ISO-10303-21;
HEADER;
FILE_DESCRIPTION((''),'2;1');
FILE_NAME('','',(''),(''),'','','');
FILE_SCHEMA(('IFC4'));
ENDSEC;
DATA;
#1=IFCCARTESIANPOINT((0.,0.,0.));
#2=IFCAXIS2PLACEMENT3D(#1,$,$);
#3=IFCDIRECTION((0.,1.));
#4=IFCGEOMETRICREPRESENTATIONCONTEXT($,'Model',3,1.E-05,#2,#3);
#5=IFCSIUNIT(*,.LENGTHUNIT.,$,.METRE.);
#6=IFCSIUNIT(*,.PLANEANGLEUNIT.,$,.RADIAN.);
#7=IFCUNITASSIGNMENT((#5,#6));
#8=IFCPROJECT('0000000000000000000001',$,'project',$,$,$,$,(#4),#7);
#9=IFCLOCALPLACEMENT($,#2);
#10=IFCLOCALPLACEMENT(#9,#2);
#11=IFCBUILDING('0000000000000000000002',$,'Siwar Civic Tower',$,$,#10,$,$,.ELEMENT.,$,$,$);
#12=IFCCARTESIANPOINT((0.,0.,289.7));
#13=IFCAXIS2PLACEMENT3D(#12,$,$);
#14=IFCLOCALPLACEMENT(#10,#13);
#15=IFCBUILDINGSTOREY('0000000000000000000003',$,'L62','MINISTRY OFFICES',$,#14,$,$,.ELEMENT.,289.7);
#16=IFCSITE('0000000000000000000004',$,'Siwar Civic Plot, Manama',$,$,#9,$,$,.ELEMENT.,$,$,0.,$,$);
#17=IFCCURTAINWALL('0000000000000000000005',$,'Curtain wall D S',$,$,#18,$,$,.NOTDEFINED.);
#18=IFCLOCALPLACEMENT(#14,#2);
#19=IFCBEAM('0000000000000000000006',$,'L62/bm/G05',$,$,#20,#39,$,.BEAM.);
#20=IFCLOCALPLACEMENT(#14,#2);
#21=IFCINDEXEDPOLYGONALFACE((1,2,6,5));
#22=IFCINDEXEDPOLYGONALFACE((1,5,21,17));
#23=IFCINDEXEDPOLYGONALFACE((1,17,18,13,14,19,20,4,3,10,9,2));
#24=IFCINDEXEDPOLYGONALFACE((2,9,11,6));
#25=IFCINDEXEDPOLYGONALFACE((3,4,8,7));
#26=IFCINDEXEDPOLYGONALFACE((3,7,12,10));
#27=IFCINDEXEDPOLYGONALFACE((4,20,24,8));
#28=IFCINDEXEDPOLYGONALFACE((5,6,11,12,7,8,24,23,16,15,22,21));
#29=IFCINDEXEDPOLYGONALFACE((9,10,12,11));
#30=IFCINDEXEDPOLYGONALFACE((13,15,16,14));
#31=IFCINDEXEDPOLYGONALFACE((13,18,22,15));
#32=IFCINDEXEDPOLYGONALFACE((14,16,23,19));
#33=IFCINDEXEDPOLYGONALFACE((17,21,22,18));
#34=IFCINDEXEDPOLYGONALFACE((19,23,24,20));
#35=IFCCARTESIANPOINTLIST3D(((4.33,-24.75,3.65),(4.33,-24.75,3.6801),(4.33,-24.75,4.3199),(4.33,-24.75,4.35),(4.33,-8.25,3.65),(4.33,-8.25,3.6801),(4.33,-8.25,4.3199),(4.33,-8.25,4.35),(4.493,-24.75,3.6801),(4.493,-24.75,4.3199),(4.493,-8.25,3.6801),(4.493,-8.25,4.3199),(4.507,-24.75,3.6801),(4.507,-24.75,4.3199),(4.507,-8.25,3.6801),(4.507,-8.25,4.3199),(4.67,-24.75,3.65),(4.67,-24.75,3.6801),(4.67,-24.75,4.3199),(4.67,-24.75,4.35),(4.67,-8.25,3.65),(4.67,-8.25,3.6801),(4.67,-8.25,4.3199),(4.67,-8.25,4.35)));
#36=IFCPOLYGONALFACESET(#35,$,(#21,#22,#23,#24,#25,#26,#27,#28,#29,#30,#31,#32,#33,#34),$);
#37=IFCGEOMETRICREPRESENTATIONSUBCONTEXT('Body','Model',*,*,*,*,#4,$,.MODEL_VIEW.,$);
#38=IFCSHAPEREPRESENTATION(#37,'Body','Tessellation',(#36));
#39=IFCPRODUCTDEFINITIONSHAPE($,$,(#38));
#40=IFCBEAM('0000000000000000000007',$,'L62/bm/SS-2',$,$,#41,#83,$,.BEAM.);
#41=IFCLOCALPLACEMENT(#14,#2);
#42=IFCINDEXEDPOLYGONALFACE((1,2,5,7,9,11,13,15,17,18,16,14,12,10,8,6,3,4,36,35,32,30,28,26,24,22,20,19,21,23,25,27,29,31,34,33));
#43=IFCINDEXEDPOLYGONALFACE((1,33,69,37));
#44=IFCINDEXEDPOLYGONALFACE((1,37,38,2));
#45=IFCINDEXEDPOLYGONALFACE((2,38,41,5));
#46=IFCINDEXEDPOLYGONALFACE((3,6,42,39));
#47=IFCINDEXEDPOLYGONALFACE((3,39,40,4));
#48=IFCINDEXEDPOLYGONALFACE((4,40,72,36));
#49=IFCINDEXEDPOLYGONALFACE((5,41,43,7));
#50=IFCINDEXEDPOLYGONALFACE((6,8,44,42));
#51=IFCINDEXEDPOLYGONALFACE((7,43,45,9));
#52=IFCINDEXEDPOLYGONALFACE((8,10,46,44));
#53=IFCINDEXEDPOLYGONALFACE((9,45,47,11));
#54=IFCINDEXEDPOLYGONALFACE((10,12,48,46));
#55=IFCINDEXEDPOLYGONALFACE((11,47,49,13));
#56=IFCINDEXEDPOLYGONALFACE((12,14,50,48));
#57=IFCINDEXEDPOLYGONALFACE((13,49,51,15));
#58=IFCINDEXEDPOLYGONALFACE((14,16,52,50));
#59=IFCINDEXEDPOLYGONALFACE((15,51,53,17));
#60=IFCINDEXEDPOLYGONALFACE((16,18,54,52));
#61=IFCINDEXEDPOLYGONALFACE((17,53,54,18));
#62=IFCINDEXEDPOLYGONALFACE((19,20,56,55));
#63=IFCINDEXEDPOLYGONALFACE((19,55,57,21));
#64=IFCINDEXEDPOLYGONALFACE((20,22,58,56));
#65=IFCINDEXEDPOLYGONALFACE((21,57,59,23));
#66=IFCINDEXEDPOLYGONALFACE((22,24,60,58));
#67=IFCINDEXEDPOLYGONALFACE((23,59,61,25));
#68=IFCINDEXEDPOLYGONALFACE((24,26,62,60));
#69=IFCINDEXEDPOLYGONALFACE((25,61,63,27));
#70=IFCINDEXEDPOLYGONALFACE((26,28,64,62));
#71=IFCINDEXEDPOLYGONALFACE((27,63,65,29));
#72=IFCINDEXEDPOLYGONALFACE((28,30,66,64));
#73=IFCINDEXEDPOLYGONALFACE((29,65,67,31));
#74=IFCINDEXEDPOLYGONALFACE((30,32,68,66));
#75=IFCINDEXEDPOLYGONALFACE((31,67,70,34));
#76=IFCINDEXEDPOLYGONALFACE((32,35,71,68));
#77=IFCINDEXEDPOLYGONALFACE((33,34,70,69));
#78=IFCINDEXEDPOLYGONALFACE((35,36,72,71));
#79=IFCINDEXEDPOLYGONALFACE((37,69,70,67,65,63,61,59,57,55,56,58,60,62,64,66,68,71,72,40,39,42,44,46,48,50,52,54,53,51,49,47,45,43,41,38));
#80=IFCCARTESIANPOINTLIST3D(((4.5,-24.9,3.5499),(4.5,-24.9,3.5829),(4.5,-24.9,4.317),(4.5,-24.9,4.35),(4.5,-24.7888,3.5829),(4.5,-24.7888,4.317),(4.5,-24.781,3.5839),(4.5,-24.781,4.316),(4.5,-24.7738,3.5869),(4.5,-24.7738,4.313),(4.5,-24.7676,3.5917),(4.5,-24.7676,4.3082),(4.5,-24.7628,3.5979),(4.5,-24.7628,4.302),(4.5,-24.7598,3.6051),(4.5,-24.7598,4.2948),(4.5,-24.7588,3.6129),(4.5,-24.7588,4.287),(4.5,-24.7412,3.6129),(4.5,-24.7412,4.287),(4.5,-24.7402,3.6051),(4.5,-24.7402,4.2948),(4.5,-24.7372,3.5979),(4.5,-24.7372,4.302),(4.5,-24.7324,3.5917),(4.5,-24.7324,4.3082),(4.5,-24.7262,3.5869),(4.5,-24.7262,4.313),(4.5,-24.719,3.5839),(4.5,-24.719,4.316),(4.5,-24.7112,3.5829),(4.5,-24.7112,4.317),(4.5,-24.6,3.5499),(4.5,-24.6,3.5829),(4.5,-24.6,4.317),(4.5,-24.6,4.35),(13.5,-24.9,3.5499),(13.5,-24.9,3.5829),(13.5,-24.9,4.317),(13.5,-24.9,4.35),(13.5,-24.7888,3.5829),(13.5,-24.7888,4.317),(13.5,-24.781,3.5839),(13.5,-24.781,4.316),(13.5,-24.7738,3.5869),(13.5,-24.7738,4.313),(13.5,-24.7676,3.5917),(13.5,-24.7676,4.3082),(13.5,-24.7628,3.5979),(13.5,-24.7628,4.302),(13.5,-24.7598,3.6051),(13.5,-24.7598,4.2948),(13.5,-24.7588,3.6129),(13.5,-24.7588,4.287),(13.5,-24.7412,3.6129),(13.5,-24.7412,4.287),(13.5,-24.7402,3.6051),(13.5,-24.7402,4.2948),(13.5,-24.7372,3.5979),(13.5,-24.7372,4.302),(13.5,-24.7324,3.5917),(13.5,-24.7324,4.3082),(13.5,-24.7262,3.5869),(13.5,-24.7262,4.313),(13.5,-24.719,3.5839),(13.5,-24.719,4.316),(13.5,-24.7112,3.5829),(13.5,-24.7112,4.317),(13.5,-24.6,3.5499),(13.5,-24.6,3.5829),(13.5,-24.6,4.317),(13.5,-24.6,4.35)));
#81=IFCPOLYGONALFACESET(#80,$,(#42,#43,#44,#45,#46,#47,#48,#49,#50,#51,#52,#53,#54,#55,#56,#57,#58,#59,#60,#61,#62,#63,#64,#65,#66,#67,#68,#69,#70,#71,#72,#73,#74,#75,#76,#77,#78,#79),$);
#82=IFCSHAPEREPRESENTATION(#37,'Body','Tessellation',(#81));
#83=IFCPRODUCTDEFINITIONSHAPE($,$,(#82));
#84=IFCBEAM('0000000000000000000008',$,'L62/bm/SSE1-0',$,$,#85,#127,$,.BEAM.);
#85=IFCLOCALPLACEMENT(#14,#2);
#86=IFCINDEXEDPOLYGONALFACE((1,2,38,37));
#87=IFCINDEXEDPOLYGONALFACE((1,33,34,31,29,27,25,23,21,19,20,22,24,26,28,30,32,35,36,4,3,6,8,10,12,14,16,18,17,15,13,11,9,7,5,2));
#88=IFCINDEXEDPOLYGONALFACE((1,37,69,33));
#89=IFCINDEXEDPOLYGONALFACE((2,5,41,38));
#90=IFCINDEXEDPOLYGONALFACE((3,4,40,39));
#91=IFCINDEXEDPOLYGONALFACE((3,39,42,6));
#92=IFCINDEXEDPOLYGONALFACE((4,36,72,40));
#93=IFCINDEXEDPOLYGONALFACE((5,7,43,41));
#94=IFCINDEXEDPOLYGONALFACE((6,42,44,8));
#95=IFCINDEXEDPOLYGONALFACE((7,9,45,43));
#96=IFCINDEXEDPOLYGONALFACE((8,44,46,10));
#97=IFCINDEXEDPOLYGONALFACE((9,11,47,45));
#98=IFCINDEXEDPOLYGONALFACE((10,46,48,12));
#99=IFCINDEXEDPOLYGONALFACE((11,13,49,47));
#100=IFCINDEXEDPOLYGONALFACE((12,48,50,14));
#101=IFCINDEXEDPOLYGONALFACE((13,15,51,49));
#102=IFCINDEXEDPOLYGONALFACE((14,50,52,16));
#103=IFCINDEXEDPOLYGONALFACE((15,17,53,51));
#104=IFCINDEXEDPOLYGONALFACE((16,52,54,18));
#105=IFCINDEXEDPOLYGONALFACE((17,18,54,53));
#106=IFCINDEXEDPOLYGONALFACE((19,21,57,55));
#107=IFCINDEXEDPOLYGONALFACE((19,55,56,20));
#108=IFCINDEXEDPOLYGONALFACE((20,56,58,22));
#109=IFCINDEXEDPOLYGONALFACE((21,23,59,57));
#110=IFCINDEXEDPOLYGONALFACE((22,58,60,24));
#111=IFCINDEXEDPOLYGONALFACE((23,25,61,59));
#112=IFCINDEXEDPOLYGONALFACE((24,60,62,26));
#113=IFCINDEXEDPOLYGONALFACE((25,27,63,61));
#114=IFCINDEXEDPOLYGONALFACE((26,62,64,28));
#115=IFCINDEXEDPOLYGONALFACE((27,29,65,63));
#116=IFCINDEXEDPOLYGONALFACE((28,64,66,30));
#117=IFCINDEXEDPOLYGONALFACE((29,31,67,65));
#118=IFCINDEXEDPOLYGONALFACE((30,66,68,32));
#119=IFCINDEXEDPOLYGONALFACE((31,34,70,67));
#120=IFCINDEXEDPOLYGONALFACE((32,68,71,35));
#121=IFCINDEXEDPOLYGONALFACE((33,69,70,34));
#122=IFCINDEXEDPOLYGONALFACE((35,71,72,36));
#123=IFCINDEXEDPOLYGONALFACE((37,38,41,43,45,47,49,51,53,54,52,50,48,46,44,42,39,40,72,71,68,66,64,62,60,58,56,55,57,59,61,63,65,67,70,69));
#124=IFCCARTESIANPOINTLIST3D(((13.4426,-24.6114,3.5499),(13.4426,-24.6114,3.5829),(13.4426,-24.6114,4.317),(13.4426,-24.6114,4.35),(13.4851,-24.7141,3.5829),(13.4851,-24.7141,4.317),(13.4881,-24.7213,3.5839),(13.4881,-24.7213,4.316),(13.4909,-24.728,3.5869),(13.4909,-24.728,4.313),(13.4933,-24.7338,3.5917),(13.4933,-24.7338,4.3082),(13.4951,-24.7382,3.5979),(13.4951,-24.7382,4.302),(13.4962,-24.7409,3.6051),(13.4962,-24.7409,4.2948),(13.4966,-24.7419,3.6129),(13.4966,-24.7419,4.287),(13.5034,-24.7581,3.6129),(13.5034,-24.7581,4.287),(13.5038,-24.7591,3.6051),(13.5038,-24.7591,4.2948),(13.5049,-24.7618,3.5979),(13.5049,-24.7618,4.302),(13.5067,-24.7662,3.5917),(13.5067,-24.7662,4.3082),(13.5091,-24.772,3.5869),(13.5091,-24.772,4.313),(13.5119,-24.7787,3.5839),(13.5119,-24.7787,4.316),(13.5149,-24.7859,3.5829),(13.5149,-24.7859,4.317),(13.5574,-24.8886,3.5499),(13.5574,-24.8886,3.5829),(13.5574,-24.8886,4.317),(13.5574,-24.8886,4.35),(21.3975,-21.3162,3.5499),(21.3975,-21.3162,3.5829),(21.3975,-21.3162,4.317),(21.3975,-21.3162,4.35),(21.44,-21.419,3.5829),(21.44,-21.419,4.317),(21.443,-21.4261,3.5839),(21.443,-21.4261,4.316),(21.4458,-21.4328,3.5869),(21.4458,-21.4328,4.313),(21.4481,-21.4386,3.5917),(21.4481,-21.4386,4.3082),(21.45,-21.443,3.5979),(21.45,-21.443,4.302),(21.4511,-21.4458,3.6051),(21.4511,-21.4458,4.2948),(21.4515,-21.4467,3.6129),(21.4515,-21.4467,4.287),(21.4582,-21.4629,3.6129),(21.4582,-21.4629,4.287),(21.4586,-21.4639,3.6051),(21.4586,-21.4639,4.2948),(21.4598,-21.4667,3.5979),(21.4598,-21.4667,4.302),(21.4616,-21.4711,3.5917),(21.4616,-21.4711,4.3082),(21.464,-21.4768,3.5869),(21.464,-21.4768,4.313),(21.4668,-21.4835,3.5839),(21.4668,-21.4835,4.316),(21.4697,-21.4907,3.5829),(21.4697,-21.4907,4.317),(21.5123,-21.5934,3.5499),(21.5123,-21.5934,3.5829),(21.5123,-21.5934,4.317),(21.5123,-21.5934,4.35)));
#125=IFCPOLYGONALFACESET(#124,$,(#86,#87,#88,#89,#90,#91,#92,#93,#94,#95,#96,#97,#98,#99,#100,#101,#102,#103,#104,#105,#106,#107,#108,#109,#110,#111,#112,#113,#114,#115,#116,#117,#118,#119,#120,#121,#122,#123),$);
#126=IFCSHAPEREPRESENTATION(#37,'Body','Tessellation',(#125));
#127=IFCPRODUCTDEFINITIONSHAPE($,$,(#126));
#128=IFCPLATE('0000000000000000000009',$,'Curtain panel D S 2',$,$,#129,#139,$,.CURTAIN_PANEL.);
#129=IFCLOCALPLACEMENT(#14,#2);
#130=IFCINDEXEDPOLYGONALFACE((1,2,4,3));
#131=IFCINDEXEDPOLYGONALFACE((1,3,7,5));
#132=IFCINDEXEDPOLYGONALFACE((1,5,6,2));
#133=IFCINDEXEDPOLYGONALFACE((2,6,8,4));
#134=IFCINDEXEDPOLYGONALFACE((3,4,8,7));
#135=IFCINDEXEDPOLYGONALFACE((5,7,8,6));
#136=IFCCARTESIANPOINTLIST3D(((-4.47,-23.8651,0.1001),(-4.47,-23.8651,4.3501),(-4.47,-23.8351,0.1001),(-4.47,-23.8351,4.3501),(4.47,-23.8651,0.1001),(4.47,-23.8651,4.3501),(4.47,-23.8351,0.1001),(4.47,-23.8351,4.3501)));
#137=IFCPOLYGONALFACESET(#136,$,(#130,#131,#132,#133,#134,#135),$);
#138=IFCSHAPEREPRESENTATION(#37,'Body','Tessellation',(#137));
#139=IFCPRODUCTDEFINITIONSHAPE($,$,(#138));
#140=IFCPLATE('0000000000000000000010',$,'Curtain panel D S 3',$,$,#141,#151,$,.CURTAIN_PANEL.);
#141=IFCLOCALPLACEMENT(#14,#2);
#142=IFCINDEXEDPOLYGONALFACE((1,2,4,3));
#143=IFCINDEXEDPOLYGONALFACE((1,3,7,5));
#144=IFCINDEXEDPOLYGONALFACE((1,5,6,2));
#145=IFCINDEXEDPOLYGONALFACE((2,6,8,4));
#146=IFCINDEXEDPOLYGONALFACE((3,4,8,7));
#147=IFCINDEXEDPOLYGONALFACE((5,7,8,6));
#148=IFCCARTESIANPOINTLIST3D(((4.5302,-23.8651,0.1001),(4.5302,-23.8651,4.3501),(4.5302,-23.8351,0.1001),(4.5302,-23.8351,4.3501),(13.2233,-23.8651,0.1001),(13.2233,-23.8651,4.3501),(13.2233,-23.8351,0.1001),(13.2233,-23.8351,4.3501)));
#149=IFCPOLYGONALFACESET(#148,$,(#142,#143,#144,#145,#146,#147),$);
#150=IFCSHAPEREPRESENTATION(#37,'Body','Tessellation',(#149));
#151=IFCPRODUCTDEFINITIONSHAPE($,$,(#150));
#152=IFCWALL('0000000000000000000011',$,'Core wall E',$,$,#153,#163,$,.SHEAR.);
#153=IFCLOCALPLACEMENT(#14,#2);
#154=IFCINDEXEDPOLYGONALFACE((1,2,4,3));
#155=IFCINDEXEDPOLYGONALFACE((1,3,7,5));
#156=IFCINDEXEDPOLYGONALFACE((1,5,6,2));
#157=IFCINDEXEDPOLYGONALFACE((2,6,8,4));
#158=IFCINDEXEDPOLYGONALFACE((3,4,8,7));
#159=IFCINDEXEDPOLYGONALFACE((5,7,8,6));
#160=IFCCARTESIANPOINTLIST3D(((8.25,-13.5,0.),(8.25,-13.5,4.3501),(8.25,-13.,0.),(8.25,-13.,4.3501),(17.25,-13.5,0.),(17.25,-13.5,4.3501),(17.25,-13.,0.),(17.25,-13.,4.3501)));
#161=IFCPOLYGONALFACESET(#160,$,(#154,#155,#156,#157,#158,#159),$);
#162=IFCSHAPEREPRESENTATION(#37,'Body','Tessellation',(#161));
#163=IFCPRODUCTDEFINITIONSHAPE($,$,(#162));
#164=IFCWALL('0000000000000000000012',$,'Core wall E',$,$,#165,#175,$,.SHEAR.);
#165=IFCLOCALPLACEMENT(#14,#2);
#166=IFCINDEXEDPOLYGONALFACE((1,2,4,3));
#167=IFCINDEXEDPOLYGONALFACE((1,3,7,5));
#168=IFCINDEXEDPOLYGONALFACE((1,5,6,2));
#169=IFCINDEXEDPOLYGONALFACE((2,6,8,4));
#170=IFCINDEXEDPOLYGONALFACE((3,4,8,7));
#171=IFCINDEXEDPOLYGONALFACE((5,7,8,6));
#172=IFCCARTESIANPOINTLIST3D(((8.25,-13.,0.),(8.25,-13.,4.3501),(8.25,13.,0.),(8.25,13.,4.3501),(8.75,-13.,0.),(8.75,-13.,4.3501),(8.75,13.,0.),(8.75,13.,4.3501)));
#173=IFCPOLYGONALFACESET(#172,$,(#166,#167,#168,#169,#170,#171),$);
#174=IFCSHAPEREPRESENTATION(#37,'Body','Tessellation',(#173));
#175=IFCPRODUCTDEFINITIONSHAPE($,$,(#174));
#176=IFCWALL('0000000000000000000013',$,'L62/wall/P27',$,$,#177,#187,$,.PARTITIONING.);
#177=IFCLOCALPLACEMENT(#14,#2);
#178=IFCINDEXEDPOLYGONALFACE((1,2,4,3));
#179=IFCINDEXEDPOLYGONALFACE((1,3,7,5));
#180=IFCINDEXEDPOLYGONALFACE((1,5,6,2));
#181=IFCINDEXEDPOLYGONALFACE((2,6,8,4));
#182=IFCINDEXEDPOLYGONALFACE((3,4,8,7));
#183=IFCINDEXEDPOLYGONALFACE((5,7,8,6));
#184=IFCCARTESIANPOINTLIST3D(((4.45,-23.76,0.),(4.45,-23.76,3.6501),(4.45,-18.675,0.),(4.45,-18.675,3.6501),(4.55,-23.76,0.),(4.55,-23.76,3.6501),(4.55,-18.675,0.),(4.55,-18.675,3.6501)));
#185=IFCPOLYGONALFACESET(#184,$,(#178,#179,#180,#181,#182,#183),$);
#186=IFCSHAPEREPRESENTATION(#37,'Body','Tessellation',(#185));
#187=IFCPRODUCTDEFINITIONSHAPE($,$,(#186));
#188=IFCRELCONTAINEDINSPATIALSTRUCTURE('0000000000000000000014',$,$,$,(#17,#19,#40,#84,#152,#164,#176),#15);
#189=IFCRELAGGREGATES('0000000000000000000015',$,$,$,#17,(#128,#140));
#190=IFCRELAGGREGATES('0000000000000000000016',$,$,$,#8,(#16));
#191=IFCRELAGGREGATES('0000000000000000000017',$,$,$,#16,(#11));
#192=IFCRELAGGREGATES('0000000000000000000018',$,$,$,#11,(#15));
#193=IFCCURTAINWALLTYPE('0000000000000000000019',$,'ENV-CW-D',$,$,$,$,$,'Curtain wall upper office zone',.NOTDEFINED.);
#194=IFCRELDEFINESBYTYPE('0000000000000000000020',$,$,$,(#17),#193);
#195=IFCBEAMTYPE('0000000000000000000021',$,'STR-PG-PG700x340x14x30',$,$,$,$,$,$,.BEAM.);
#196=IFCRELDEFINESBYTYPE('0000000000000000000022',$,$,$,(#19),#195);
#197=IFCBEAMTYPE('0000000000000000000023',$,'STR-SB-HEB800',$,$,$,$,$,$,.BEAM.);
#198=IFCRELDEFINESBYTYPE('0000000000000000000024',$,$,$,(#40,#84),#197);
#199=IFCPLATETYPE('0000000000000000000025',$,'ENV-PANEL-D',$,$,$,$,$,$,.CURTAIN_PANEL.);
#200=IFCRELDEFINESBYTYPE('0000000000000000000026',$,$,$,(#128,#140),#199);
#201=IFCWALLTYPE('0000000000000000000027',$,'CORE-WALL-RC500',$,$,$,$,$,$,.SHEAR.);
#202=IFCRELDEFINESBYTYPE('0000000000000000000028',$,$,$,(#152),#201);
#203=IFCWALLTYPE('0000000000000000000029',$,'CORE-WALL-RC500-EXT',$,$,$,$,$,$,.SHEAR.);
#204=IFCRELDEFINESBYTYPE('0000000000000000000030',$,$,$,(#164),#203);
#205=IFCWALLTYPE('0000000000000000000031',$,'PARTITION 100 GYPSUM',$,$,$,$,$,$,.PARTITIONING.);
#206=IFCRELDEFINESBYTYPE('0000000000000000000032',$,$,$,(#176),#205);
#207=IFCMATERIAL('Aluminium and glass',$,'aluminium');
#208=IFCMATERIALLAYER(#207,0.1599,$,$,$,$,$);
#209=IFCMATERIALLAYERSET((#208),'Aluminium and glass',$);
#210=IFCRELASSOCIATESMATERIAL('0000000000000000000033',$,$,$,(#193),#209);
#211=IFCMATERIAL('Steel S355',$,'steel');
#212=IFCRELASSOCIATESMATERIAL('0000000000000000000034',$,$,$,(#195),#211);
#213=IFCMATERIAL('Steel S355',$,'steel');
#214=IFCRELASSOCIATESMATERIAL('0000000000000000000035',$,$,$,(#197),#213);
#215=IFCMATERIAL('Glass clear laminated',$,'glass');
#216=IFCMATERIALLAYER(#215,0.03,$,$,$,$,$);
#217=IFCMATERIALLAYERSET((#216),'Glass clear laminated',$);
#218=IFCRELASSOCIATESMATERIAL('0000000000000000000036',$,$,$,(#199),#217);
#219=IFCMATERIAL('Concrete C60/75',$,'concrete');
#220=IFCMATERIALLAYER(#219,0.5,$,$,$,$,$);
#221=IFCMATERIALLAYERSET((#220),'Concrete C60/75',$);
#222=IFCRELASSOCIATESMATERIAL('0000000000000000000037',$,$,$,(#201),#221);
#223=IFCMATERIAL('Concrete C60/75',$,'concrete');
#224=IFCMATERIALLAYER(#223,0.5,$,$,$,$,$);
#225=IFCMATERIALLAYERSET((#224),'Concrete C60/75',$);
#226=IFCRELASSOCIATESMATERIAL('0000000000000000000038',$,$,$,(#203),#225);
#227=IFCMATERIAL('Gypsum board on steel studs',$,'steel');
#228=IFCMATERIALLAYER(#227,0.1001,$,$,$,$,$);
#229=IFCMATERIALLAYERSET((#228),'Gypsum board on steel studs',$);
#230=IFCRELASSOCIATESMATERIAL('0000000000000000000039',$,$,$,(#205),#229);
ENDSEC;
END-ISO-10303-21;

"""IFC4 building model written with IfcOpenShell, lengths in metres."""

from ifc_helpers import new_model, si_unit, direction, frame, frame_2d, origin, origin_2d, place, context, subcontext, project, spatial, rectangle, i_section, extrude, material, layer, layer_set, material_profile, profile_set, type_object, element, aggregate, save


model = new_model("IFC4")

# Units and contexts
model_context = context("Model", 3, precision=1e-05, world=origin(), true_north=direction((0.0, 1.0)))
body_context = subcontext(model_context, "Body", "Model", "MODEL_VIEW")
ifc_project = project(units=[si_unit("LENGTHUNIT", "METRE"), si_unit("PLANEANGLEUNIT", "RADIAN")], contexts=[model_context])

# Site, building, storey
site_placement = place(None, origin())
site = spatial("IfcSite", under=ifc_project, at=site_placement, Name="Siwar Civic Plot, Manama", CompositionType="ELEMENT", RefElevation=0.0)
building_placement = place(site_placement, origin())
building = spatial("IfcBuilding", under=site, at=building_placement, Name="Siwar Civic Tower", CompositionType="ELEMENT")
storey_placement = place(building_placement, frame((0.0, 0.0, 289.7)))
storey = spatial("IfcBuildingStorey", under=building, at=storey_placement, Name="L62", Description="MINISTRY OFFICES", CompositionType="ELEMENT", Elevation=289.7)

# Curtain wall
ifc_material_1 = material(Name="Aluminium and glass", Category="aluminium")
ifc_layer_1 = layer(ifc_material_1, 0.1599)
ifc_layer_set_1 = layer_set([ifc_layer_1], Name="Aluminium and glass")
curtain_wall_type_1 = type_object("IfcCurtainWallType", Name="ENV-CW-D", ElementType="Curtain wall upper office zone", PredefinedType="NOTDEFINED", material=ifc_layer_set_1)
curtain_wall_1_placement = place(storey_placement, origin())
curtain_wall_1 = element("IfcCurtainWall", 1, at=curtain_wall_1_placement, inside=storey, type_object=curtain_wall_type_1, Name="Curtain wall D S", PredefinedType="NOTDEFINED")

# Beams
ifc_material_2 = material(Name="Steel S355", Category="steel")
ifc_material_profile_1 = material_profile(ifc_material_2, i_section(OverallWidth=0.3401, OverallDepth=0.7, WebThickness=0.0139, FlangeThickness=0.03, at=origin_2d()), Name="PG700x340x14x30")
ifc_profile_set_1 = profile_set([ifc_material_profile_1], Name="Steel S355")
beam_type_1 = type_object("IfcBeamType", Name="STR-PG-PG700x340x14x30", PredefinedType="BEAM", material=ifc_profile_set_1)
beam_1_placement = place(storey_placement, frame((4.5, -24.75, 4.0), z_axis=(0.0, 1.0, 0.0), x_axis=(-1.0, 0.0, 0.0)))
element("IfcBeam", 2, at=beam_1_placement, inside=storey, type_object=beam_type_1, Name="L62/bm/G05", PredefinedType="BEAM", context=body_context, shape_type="SweptSolid", body=[
    extrude(i_section(OverallWidth=0.3401, OverallDepth=0.7, WebThickness=0.0139, FlangeThickness=0.03, at=origin_2d()), origin(), (0.0, 0.0, 1.0), 16.5),
])
ifc_material_3 = material(Name="Steel S355", Category="steel")
ifc_material_profile_2 = material_profile(ifc_material_3, i_section(OverallWidth=0.3, OverallDepth=0.8, WebThickness=0.0176, FlangeThickness=0.033, FilletRadius=0.03, at=origin_2d()), Name="HEB800")
ifc_profile_set_2 = profile_set([ifc_material_profile_2], Name="Steel S355")
beam_type_2 = type_object("IfcBeamType", Name="STR-SB-HEB800", PredefinedType="BEAM", material=ifc_profile_set_2)
beam_2_placement = place(storey_placement, frame((4.5, -24.75, 3.95), z_axis=(1.0, 0.0, 0.0), x_axis=(0.0, 1.0, 0.0)))
element("IfcBeam", 3, at=beam_2_placement, inside=storey, type_object=beam_type_2, Name="L62/bm/SS-2", PredefinedType="BEAM", context=body_context, shape_type="SweptSolid", body=[
    extrude(i_section(OverallWidth=0.3, OverallDepth=0.8, WebThickness=0.0176, FlangeThickness=0.033, FilletRadius=0.03, at=origin_2d()), origin(), (0.0, 0.0, 1.0), 9.0),
])
beam_3_placement = place(storey_placement, frame((13.5, -24.75, 3.95), z_axis=(0.923873, 0.3827, 0.0), x_axis=(-0.3827, 0.923873, 0.0)))
element("IfcBeam", 4, at=beam_3_placement, inside=storey, type_object=beam_type_2, Name="L62/bm/SSE1-0", PredefinedType="BEAM", context=body_context, shape_type="SweptSolid", body=[
    extrude(i_section(OverallWidth=0.3, OverallDepth=0.8, WebThickness=0.0176, FlangeThickness=0.033, FilletRadius=0.03, at=origin_2d()), origin(), (0.0, 0.0, 1.0), 8.6104),
])

# Plates
ifc_material_4 = material(Name="Glass clear laminated", Category="glass")
ifc_layer_2 = layer(ifc_material_4, 0.03)
ifc_layer_set_2 = layer_set([ifc_layer_2], Name="Glass clear laminated")
plate_type = type_object("IfcPlateType", Name="ENV-PANEL-D", PredefinedType="CURTAIN_PANEL", material=ifc_layer_set_2)
plate_1_placement = place(storey_placement, frame((0.0, -23.8501, 0.1001), z_axis=(0.0, 0.0, 1.0), x_axis=(1.0, 0.0, 0.0)))
plate_1 = element("IfcPlate", 5, at=plate_1_placement, type_object=plate_type, Name="Curtain panel D S 2", PredefinedType="CURTAIN_PANEL", context=body_context, shape_type="SweptSolid", body=[
    extrude(rectangle(XDim=8.9399, YDim=0.03, at=origin_2d()), origin(), (0.0, 0.0, 1.0), 4.25),
])
plate_2_placement = place(storey_placement, frame((8.8767, -23.8501, 0.1001), z_axis=(0.0, 0.0, 1.0), x_axis=(1.0, 0.0, 0.0)))
plate_2 = element("IfcPlate", 6, at=plate_2_placement, type_object=plate_type, Name="Curtain panel D S 3", PredefinedType="CURTAIN_PANEL", context=body_context, shape_type="SweptSolid", body=[
    extrude(rectangle(XDim=8.6931, YDim=0.03, at=origin_2d()), origin(), (0.0, 0.0, 1.0), 4.25),
])
aggregate(curtain_wall_1, [plate_1, plate_2])

# Walls
ifc_material_5 = material(Name="Concrete C60/75", Category="concrete")
ifc_layer_3 = layer(ifc_material_5, 0.5)
ifc_layer_set_3 = layer_set([ifc_layer_3], Name="Concrete C60/75")
wall_type_1 = type_object("IfcWallType", Name="CORE-WALL-RC500", PredefinedType="SHEAR", material=ifc_layer_set_3)
wall_1_placement = place(storey_placement, frame((8.25, -13.25, 0.0), z_axis=(0.0, 0.0, 1.0), x_axis=(1.0, 0.0, 0.0)))
element("IfcWall", 7, at=wall_1_placement, inside=storey, type_object=wall_type_1, Name="Core wall E", PredefinedType="SHEAR", context=body_context, shape_type="SweptSolid", body=[
    extrude(rectangle(XDim=9.0, YDim=0.5, at=frame_2d((4.5, 0.0))), origin(), (0.0, 0.0, 1.0), 4.3501),
])
ifc_material_6 = material(Name="Concrete C60/75", Category="concrete")
ifc_layer_4 = layer(ifc_material_6, 0.5)
ifc_layer_set_4 = layer_set([ifc_layer_4], Name="Concrete C60/75")
wall_type_2 = type_object("IfcWallType", Name="CORE-WALL-RC500-EXT", PredefinedType="SHEAR", material=ifc_layer_set_4)
wall_2_placement = place(storey_placement, frame((8.5, -13.0, 0.0), z_axis=(0.0, 0.0, 1.0), x_axis=(0.0, 1.0, 0.0)))
element("IfcWall", 8, at=wall_2_placement, inside=storey, type_object=wall_type_2, Name="Core wall E", PredefinedType="SHEAR", context=body_context, shape_type="SweptSolid", body=[
    extrude(rectangle(XDim=26.0, YDim=0.5, at=frame_2d((13.0, 0.0))), origin(), (0.0, 0.0, 1.0), 4.3501),
])
ifc_material_7 = material(Name="Gypsum board on steel studs", Category="steel")
ifc_layer_5 = layer(ifc_material_7, 0.1001)
ifc_layer_set_5 = layer_set([ifc_layer_5], Name="Gypsum board on steel studs")
wall_type_3 = type_object("IfcWallType", Name="PARTITION 100 GYPSUM", PredefinedType="PARTITIONING", material=ifc_layer_set_5)
wall_3_placement = place(storey_placement, frame((4.5, -23.76, 0.0), z_axis=(0.0, 0.0, 1.0), x_axis=(0.0, 1.0, 0.0)))
element("IfcWall", 9, at=wall_3_placement, inside=storey, type_object=wall_type_3, Name="L62/wall/P27", PredefinedType="PARTITIONING", context=body_context, shape_type="SweptSolid", body=[
    extrude(rectangle(XDim=5.085, YDim=0.1001, at=frame_2d((2.5425, 0.0))), origin(), (0.0, 0.0, 1.0), 3.6501),
])

save(model, "model.ifc")
